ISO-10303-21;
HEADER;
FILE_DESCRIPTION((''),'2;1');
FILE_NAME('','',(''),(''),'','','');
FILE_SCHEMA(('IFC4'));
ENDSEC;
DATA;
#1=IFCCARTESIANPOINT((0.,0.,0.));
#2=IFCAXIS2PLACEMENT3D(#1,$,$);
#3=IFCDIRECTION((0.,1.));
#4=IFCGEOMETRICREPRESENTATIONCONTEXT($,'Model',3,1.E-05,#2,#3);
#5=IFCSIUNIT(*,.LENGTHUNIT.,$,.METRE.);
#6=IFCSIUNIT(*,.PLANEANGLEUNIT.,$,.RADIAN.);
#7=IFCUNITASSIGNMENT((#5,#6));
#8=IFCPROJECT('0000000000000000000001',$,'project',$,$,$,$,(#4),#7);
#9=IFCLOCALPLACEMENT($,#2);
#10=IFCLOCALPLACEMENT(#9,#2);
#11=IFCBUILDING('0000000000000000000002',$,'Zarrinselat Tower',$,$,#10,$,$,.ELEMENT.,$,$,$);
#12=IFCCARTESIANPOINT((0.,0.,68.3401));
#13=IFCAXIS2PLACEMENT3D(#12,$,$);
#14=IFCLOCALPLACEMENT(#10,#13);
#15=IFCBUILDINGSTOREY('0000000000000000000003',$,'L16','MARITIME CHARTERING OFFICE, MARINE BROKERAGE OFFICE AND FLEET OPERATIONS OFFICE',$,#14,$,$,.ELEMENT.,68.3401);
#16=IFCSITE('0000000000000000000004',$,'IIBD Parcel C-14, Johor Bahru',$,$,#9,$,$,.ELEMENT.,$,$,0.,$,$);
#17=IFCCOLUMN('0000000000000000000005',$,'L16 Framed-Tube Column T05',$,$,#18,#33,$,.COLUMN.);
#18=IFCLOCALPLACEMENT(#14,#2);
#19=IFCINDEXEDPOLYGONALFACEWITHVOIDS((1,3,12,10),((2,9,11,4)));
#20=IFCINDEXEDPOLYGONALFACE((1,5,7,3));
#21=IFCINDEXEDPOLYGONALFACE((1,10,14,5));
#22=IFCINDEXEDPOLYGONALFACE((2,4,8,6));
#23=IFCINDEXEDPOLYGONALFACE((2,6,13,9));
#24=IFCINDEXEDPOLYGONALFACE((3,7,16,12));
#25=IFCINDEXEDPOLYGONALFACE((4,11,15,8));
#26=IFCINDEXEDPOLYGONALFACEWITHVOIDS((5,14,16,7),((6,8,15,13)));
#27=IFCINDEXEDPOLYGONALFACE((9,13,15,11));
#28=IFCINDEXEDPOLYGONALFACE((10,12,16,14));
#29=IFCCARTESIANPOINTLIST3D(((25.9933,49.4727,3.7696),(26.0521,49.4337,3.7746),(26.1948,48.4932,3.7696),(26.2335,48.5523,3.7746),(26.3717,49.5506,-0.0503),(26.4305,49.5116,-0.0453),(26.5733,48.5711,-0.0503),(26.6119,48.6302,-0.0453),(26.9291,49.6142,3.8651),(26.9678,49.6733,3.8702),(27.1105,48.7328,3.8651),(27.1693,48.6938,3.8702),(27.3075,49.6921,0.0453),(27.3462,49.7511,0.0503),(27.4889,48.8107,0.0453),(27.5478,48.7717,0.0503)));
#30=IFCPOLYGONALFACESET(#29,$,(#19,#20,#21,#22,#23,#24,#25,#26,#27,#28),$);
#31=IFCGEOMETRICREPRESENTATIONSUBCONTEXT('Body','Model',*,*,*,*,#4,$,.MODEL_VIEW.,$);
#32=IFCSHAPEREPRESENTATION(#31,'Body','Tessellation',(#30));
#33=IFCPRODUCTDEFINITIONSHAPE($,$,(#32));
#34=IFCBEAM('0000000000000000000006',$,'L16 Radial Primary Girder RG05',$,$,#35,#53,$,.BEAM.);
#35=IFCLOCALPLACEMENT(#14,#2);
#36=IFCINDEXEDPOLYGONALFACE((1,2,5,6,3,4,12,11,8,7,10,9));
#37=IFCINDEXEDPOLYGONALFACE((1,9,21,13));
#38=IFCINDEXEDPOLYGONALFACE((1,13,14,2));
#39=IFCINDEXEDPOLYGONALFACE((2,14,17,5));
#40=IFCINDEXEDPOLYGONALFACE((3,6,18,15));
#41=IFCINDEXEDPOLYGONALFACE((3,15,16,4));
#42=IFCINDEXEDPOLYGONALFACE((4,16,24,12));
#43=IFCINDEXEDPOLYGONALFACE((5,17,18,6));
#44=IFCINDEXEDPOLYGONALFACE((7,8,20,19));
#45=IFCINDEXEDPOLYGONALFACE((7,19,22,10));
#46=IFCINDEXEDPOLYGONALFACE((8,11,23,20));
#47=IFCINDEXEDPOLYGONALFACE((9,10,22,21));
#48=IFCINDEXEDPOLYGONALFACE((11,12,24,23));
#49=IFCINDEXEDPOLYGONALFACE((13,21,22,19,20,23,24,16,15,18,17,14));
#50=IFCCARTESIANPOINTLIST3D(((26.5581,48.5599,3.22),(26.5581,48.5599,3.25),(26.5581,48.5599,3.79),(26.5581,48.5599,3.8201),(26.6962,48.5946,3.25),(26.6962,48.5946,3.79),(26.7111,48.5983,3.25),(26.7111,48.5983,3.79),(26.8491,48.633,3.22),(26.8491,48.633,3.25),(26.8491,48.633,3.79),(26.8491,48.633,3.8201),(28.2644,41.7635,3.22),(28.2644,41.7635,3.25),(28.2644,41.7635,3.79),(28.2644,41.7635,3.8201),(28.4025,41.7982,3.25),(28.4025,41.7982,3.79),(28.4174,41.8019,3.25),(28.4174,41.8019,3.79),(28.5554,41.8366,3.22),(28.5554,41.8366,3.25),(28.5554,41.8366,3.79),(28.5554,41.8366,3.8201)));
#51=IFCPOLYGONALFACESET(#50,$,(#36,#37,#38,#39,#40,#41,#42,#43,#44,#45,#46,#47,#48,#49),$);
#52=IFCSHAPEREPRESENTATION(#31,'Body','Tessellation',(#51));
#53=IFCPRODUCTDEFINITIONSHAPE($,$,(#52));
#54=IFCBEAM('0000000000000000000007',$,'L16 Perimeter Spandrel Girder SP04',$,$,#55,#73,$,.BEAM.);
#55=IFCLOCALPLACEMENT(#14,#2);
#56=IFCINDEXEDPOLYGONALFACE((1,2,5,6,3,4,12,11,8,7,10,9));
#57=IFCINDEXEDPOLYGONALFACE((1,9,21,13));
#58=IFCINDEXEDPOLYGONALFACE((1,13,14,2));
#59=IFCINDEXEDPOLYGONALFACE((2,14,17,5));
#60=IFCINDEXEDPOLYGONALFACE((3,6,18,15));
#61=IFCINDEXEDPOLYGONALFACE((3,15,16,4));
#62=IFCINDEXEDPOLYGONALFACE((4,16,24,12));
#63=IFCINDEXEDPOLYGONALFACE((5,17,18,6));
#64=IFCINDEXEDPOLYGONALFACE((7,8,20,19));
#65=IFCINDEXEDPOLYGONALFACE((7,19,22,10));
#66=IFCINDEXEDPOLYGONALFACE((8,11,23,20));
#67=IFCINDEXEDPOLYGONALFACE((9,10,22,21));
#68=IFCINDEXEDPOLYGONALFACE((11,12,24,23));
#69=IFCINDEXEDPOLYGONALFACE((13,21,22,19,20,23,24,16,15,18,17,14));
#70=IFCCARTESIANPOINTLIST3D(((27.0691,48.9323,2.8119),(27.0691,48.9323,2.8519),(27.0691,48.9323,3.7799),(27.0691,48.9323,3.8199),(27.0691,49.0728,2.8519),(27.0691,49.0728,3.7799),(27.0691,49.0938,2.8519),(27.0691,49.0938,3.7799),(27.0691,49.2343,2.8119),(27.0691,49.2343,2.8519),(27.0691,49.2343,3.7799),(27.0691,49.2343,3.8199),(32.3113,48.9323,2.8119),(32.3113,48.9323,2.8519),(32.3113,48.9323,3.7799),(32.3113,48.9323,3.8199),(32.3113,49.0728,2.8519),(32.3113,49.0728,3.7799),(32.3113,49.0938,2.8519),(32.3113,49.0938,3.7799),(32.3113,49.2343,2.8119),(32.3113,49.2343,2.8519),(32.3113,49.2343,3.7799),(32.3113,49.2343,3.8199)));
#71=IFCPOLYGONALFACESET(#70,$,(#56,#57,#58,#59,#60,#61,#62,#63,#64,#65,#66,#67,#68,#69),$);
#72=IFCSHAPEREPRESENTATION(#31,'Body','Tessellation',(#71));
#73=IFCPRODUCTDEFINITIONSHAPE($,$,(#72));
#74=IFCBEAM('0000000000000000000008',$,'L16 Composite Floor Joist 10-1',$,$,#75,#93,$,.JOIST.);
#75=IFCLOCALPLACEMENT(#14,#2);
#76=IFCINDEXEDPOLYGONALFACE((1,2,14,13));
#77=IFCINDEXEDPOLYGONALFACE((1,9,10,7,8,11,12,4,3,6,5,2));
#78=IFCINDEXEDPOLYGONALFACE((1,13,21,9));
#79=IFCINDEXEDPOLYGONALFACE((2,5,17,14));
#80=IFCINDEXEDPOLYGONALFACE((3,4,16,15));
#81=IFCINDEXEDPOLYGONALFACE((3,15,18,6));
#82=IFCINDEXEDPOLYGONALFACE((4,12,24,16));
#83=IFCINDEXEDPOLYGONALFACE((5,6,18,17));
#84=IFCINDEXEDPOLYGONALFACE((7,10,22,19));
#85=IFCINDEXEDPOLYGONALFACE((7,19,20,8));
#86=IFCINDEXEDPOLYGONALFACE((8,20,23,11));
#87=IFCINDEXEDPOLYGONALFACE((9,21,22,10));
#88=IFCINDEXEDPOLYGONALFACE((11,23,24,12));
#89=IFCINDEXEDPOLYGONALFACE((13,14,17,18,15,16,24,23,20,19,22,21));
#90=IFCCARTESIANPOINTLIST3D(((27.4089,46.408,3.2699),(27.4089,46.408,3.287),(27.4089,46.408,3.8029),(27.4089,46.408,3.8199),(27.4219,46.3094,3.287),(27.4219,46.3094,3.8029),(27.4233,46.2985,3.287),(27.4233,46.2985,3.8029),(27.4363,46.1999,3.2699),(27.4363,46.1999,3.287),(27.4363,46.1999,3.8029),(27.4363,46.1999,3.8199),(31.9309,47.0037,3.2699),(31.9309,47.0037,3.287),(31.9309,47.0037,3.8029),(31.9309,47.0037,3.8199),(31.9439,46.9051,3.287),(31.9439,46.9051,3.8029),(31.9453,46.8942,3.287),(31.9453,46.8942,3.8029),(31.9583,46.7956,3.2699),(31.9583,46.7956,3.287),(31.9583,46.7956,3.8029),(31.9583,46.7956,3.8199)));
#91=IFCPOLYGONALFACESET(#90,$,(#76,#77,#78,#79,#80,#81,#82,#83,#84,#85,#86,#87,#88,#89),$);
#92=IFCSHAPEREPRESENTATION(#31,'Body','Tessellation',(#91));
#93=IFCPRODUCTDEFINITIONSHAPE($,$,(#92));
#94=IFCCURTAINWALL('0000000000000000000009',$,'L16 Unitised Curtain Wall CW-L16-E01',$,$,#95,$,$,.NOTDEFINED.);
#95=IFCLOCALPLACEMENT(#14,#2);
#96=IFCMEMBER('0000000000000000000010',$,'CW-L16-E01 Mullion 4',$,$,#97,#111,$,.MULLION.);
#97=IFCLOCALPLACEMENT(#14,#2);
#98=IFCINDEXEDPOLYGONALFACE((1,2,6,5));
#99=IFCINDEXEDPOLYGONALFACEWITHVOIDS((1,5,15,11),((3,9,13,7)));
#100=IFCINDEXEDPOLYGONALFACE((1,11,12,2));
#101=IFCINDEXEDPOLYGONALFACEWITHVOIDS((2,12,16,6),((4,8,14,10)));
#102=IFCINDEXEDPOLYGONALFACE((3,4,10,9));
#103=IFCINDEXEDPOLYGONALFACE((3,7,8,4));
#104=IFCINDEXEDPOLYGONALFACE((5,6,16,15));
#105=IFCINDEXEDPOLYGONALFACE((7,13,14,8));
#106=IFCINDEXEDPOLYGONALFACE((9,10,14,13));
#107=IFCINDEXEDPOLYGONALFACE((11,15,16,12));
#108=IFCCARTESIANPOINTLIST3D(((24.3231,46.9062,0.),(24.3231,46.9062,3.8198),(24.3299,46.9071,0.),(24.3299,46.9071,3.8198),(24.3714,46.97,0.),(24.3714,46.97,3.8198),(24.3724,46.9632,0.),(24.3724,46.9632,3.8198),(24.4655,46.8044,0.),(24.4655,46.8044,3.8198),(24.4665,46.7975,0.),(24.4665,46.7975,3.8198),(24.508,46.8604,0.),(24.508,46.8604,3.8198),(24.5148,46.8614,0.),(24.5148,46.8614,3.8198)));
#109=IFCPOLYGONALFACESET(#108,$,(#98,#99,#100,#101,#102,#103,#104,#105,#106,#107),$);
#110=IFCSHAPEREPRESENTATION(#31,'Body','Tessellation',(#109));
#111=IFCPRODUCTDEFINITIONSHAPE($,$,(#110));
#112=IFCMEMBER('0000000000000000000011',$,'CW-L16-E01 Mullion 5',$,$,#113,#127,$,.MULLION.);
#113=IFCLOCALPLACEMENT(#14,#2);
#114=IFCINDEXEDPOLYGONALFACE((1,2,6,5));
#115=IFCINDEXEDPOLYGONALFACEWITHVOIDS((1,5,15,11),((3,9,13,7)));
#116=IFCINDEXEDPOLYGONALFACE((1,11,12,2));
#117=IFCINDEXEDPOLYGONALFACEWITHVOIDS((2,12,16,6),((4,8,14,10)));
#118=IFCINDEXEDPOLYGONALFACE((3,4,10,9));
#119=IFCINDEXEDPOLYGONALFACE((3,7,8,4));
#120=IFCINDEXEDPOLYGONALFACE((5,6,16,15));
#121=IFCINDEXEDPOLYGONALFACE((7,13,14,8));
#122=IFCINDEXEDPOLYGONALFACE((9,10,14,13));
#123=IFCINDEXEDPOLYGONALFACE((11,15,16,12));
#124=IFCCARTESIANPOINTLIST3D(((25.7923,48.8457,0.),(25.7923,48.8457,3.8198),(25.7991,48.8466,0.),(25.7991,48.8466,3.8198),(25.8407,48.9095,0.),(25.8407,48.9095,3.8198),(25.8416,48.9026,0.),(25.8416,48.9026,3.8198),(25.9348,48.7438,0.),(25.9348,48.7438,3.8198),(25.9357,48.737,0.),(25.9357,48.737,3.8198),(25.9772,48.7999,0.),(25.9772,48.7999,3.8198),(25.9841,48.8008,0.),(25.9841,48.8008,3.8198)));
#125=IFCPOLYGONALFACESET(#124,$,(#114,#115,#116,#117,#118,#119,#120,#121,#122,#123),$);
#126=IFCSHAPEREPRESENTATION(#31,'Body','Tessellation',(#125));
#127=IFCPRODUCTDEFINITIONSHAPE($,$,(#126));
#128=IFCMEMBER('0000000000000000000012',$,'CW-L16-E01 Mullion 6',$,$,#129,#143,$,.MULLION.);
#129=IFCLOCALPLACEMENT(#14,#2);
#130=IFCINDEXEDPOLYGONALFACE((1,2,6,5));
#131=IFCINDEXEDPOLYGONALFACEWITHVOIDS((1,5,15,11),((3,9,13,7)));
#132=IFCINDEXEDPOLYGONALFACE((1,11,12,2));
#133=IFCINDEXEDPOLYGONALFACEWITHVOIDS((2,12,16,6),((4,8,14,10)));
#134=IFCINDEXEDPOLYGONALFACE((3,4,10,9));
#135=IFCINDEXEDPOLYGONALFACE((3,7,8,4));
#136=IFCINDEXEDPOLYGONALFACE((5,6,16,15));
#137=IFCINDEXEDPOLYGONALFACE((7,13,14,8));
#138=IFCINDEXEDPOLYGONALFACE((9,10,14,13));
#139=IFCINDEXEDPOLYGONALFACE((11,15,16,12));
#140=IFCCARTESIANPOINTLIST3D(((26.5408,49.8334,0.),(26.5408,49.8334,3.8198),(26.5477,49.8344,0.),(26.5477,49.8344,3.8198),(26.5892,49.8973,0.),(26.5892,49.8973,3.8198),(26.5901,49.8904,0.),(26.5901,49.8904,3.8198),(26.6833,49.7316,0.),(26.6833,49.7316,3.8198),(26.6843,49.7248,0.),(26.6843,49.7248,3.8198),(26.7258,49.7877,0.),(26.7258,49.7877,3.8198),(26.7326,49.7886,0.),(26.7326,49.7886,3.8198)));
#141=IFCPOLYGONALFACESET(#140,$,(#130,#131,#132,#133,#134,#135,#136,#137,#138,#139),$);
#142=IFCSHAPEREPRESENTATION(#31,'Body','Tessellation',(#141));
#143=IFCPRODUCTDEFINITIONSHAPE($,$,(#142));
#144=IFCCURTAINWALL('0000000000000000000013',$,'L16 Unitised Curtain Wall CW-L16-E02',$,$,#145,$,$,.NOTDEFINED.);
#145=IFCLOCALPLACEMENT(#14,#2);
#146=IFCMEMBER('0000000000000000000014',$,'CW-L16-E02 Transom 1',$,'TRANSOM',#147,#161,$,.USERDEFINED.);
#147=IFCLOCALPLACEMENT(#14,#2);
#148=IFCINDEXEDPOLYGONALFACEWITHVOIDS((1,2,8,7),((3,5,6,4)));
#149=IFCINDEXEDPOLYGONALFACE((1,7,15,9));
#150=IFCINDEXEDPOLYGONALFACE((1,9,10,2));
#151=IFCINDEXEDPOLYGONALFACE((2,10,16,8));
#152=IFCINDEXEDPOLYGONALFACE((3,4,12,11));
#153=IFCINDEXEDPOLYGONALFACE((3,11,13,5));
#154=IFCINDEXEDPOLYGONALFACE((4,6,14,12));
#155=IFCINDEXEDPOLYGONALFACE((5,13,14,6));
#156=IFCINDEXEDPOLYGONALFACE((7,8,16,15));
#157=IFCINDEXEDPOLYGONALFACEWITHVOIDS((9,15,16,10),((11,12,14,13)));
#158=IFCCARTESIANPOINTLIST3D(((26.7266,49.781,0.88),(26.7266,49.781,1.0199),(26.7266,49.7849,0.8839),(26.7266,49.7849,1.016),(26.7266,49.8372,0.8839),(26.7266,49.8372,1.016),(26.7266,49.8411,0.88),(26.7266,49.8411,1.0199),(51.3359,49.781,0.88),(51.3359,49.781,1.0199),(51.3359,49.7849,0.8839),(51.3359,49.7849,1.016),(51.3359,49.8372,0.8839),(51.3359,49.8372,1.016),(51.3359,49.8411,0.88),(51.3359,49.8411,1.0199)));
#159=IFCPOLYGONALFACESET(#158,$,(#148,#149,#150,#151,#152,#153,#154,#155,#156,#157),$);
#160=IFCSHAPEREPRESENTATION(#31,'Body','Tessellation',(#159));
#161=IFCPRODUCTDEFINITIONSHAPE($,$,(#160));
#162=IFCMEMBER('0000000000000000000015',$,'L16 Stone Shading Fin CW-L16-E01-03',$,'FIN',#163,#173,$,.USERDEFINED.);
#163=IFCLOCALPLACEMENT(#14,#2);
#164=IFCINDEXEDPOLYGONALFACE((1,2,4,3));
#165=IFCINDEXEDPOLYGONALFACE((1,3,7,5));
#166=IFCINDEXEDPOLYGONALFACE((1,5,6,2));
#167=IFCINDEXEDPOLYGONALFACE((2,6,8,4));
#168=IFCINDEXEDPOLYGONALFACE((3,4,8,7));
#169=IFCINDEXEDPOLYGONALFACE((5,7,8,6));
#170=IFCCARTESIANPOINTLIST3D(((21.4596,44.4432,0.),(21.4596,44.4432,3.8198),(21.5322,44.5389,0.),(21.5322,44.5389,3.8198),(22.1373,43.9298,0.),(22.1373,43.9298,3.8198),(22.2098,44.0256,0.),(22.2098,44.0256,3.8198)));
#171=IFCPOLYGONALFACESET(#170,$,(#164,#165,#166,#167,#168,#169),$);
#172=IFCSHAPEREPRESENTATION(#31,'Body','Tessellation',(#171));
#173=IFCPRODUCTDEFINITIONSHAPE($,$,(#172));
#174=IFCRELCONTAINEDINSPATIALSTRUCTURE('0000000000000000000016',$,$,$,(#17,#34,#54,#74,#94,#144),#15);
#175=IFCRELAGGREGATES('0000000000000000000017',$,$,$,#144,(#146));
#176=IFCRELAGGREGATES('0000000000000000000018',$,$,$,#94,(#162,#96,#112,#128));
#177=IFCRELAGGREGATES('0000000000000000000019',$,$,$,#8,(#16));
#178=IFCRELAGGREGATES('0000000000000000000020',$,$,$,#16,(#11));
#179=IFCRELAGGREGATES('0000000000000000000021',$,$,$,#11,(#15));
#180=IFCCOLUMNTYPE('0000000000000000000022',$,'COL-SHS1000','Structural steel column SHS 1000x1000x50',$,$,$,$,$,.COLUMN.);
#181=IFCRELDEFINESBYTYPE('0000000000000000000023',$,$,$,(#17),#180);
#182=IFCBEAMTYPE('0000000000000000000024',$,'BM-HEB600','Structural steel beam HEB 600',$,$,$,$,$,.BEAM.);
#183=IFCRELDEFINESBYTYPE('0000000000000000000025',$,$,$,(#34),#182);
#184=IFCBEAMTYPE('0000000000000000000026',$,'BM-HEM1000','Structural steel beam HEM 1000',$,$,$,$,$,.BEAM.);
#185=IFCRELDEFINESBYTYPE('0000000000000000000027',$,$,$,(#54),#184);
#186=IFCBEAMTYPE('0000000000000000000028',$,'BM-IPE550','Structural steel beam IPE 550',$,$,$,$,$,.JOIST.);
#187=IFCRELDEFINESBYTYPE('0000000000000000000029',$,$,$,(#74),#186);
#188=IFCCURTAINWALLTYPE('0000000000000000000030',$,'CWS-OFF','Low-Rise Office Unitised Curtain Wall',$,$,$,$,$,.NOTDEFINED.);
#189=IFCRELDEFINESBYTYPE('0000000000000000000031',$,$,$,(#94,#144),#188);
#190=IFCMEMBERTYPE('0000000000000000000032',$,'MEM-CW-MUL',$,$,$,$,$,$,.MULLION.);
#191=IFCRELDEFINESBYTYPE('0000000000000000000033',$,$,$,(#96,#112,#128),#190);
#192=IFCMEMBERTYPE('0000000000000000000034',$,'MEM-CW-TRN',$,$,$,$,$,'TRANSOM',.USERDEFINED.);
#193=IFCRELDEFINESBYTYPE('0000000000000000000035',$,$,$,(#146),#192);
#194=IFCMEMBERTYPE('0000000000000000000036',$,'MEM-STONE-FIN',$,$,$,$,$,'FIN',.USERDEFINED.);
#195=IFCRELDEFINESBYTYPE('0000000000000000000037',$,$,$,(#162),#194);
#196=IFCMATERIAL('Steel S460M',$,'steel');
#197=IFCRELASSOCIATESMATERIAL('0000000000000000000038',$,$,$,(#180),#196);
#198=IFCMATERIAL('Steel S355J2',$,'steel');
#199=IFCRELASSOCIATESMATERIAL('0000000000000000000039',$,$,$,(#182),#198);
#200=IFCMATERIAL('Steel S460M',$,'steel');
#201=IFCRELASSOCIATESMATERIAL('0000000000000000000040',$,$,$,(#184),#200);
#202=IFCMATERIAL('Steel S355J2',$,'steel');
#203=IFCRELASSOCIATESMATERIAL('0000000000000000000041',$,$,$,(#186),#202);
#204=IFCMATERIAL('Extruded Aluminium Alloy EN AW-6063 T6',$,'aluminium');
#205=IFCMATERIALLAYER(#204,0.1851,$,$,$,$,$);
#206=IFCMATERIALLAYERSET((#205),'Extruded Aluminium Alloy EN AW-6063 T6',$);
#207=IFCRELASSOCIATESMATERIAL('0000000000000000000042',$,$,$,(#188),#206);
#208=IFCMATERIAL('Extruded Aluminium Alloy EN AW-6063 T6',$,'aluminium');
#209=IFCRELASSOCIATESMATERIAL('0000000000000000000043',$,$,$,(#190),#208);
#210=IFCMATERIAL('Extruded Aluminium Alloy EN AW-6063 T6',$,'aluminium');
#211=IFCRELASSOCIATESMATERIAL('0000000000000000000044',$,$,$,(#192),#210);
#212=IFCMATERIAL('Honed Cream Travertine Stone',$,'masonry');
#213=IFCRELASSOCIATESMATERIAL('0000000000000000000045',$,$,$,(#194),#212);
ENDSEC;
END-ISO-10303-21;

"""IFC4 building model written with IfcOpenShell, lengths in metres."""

from ifc_helpers import new_model, si_unit, direction, frame, origin, origin_2d, place, context, subcontext, project, spatial, rectangle, hollow_rectangle, i_section, extrude, material, layer, layer_set, material_profile, profile_set, type_object, element, aggregate, save


model = new_model("IFC4")

# Units and contexts
model_context = context("Model", 3, precision=1e-05, world=origin(), true_north=direction((0.0, 1.0)))
body_context = subcontext(model_context, "Body", "Model", "MODEL_VIEW")
ifc_project = project(units=[si_unit("LENGTHUNIT", "METRE"), si_unit("PLANEANGLEUNIT", "RADIAN")], contexts=[model_context])

# Site, building, storey
site_placement = place(None, origin())
site = spatial("IfcSite", under=ifc_project, at=site_placement, Name="IIBD Parcel C-14, Johor Bahru", CompositionType="ELEMENT", RefElevation=0.0)
building_placement = place(site_placement, origin())
building = spatial("IfcBuilding", under=site, at=building_placement, Name="Zarrinselat Tower", CompositionType="ELEMENT")
storey_placement = place(building_placement, frame((0.0, 0.0, 68.3401)))
storey = spatial("IfcBuildingStorey", under=building, at=storey_placement, Name="L16", Description="MARITIME CHARTERING OFFICE, MARINE BROKERAGE OFFICE AND FLEET OPERATIONS OFFICE", CompositionType="ELEMENT", Elevation=68.3401)

# Column
ifc_material_1 = material(Name="Steel S460M", Category="steel")
ifc_material_profile_1 = material_profile(ifc_material_1, hollow_rectangle(XDim=1.0, YDim=1.0, WallThickness=0.05, at=origin_2d()), Name="SHS 1000x1000x50")
ifc_profile_set_1 = profile_set([ifc_material_profile_1], Name="Steel S460M")
column_type = type_object("IfcColumnType", Name="COL-SHS1000", Description="Structural steel column SHS 1000x1000x50", PredefinedType="COLUMN", material=ifc_profile_set_1)
column_placement = place(storey_placement, frame((26.9597, 49.1611, 0.0), z_axis=(-0.098564, -0.020285, 0.994924), x_axis=(0.201582, -0.979472, 0.0)))
element("IfcColumn", 1, at=column_placement, inside=storey, type_object=column_type, Name="L16 Framed-Tube Column T05", PredefinedType="COLUMN", context=body_context, shape_type="SweptSolid", body=[
    extrude(hollow_rectangle(XDim=1.0, YDim=1.0, WallThickness=0.05, at=origin_2d()), origin(), (0.0, 0.0, 1.0), 3.8394),
])

# Beams
ifc_material_2 = material(Name="Steel S355J2", Category="steel")
ifc_material_profile_2 = material_profile(ifc_material_2, i_section(OverallWidth=0.3, OverallDepth=0.6001, WebThickness=0.0154, FlangeThickness=0.03, at=origin_2d()), Name="HEB 600")
ifc_profile_set_2 = profile_set([ifc_material_profile_2], Name="Steel S355J2")
beam_type_1 = type_object("IfcBeamType", Name="BM-HEB600", Description="Structural steel beam HEB 600", PredefinedType="BEAM", material=ifc_profile_set_2)
beam_1_placement = place(storey_placement, frame((26.7036, 48.5964, 3.52), z_axis=(0.243503, -0.9699, 0.0), x_axis=(0.9699, 0.243503, 0.0)))
element("IfcBeam", 2, at=beam_1_placement, inside=storey, type_object=beam_type_1, Name="L16 Radial Primary Girder RG05", PredefinedType="BEAM", context=body_context, shape_type="SweptSolid", body=[
    extrude(i_section(OverallWidth=0.3, OverallDepth=0.6001, WebThickness=0.0154, FlangeThickness=0.03, at=origin_2d()), origin(), (0.0, 0.0, 1.0), 7.0073),
])
ifc_material_3 = material(Name="Steel S460M", Category="steel")
ifc_material_profile_3 = material_profile(ifc_material_3, i_section(OverallWidth=0.302, OverallDepth=1.0081, WebThickness=0.021, FlangeThickness=0.04, at=origin_2d()), Name="HEM 1000")
ifc_profile_set_3 = profile_set([ifc_material_profile_3], Name="Steel S460M")
beam_type_2 = type_object("IfcBeamType", Name="BM-HEM1000", Description="Structural steel beam HEM 1000", PredefinedType="BEAM", material=ifc_profile_set_3)
beam_2_placement = place(storey_placement, frame((27.0691, 49.0833, 3.3159), z_axis=(1.0, 0.0, 0.0), x_axis=(0.0, 1.0, 0.0)))
element("IfcBeam", 3, at=beam_2_placement, inside=storey, type_object=beam_type_2, Name="L16 Perimeter Spandrel Girder SP04", PredefinedType="BEAM", context=body_context, shape_type="SweptSolid", body=[
    extrude(i_section(OverallWidth=0.302, OverallDepth=1.0081, WebThickness=0.021, FlangeThickness=0.04, at=origin_2d()), origin(), (0.0, 0.0, 1.0), 5.2422),
])
ifc_material_4 = material(Name="Steel S355J2", Category="steel")
ifc_material_profile_4 = material_profile(ifc_material_4, i_section(OverallWidth=0.21, OverallDepth=0.55, WebThickness=0.011, FlangeThickness=0.0171, at=origin_2d()), Name="IPE 550")
ifc_profile_set_4 = profile_set([ifc_material_profile_4], Name="Steel S355J2")
beam_type_3 = type_object("IfcBeamType", Name="BM-IPE550", Description="Structural steel beam IPE 550", PredefinedType="JOIST", material=ifc_profile_set_4)
beam_3_placement = place(storey_placement, frame((27.4226, 46.304, 3.5449), z_axis=(0.991434, 0.130607, 0.0), x_axis=(-0.130607, 0.991434, 0.0)))
element("IfcBeam", 4, at=beam_3_placement, inside=storey, type_object=beam_type_3, Name="L16 Composite Floor Joist 10-1", PredefinedType="JOIST", context=body_context, shape_type="SweptSolid", body=[
    extrude(i_section(OverallWidth=0.21, OverallDepth=0.55, WebThickness=0.011, FlangeThickness=0.0171, at=origin_2d()), origin(), (0.0, 0.0, 1.0), 4.561),
])

# Curtain wall, members
ifc_material_5 = material(Name="Extruded Aluminium Alloy EN AW-6063 T6", Category="aluminium")
ifc_layer_1 = layer(ifc_material_5, 0.1851)
ifc_layer_set_1 = layer_set([ifc_layer_1], Name="Extruded Aluminium Alloy EN AW-6063 T6")
curtain_wall_type = type_object("IfcCurtainWallType", Name="CWS-OFF", Description="Low-Rise Office Unitised Curtain Wall", PredefinedType="NOTDEFINED", material=ifc_layer_set_1)
curtain_wall_1_placement = place(storey_placement, origin())
curtain_wall_1 = element("IfcCurtainWall", 5, at=curtain_wall_1_placement, inside=storey, type_object=curtain_wall_type, Name="L16 Unitised Curtain Wall CW-L16-E01", PredefinedType="NOTDEFINED")
ifc_material_6 = material(Name="Extruded Aluminium Alloy EN AW-6063 T6", Category="aluminium")
ifc_material_profile_5 = material_profile(ifc_material_6, hollow_rectangle(XDim=0.0801, YDim=0.1799, WallThickness=0.0049, at=origin_2d()), Name="RHS 180x80x5")
ifc_profile_set_5 = profile_set([ifc_material_profile_5], Name="Extruded Aluminium Alloy EN AW-6063 T6")
member_type_1 = type_object("IfcMemberType", Name="MEM-CW-MUL", PredefinedType="MULLION", material=ifc_profile_set_5)
member_1_placement = place(storey_placement, frame((24.4189, 46.8838, 0.0), z_axis=(0.0, 0.0, 1.0), x_axis=(0.603857, 0.797093, 0.0)))
member_1 = element("IfcMember", 6, at=member_1_placement, type_object=member_type_1, Name="CW-L16-E01 Mullion 4", PredefinedType="MULLION", context=body_context, shape_type="SweptSolid", body=[
    extrude(hollow_rectangle(XDim=0.0801, YDim=0.1799, WallThickness=0.0049, at=origin_2d()), origin(), (0.0, 0.0, 1.0), 3.8198),
])
member_2_placement = place(storey_placement, frame((25.8882, 48.8232, 0.0), z_axis=(0.0, 0.0, 1.0), x_axis=(0.603857, 0.797093, 0.0)))
member_2 = element("IfcMember", 7, at=member_2_placement, type_object=member_type_1, Name="CW-L16-E01 Mullion 5", PredefinedType="MULLION", context=body_context, shape_type="SweptSolid", body=[
    extrude(hollow_rectangle(XDim=0.0801, YDim=0.1799, WallThickness=0.0049, at=origin_2d()), origin(), (0.0, 0.0, 1.0), 3.8198),
])
member_3_placement = place(storey_placement, frame((26.6367, 49.811, 0.0), z_axis=(0.0, 0.0, 1.0), x_axis=(0.603857, 0.797093, 0.0)))
member_3 = element("IfcMember", 8, at=member_3_placement, type_object=member_type_1, Name="CW-L16-E01 Mullion 6", PredefinedType="MULLION", context=body_context, shape_type="SweptSolid", body=[
    extrude(hollow_rectangle(XDim=0.0801, YDim=0.1799, WallThickness=0.0049, at=origin_2d()), origin(), (0.0, 0.0, 1.0), 3.8198),
])

# Curtain wall, member
curtain_wall_2_placement = place(storey_placement, origin())
curtain_wall_2 = element("IfcCurtainWall", 9, at=curtain_wall_2_placement, inside=storey, type_object=curtain_wall_type, Name="L16 Unitised Curtain Wall CW-L16-E02", PredefinedType="NOTDEFINED")
ifc_material_7 = material(Name="Extruded Aluminium Alloy EN AW-6063 T6", Category="aluminium")
ifc_material_profile_6 = material_profile(ifc_material_7, hollow_rectangle(XDim=0.0601, YDim=0.1399, WallThickness=0.0039, at=origin_2d()), Name="RHS 140x60x4")
ifc_profile_set_6 = profile_set([ifc_material_profile_6], Name="Extruded Aluminium Alloy EN AW-6063 T6")
member_type_2 = type_object("IfcMemberType", Name="MEM-CW-TRN", ElementType="TRANSOM", PredefinedType="USERDEFINED", material=ifc_profile_set_6)
member_4_placement = place(storey_placement, frame((26.7266, 49.811, 0.95), z_axis=(1.0, 0.0, 0.0), x_axis=(0.0, 1.0, 0.0)))
member_4 = element("IfcMember", 10, at=member_4_placement, type_object=member_type_2, Name="CW-L16-E02 Transom 1", ObjectType="TRANSOM", PredefinedType="USERDEFINED", context=body_context, shape_type="SweptSolid", body=[
    extrude(hollow_rectangle(XDim=0.0601, YDim=0.1399, WallThickness=0.0039, at=origin_2d()), origin(), (0.0, 0.0, 1.0), 24.6094),
])
aggregate(curtain_wall_2, [member_4])

# Member
ifc_material_8 = material(Name="Honed Cream Travertine Stone", Category="masonry")
ifc_material_profile_7 = material_profile(ifc_material_8, rectangle(XDim=0.1201, YDim=0.8501, at=origin_2d()), Name="FIN 850x120")
ifc_profile_set_7 = profile_set([ifc_material_profile_7], Name="Honed Cream Travertine Stone")
member_type_3 = type_object("IfcMemberType", Name="MEM-STONE-FIN", ElementType="FIN", PredefinedType="USERDEFINED", material=ifc_profile_set_7)
member_5_placement = place(storey_placement, frame((21.8347, 44.2344, 0.0), z_axis=(0.0, 0.0, 1.0), x_axis=(0.603857, 0.797093, 0.0)))
member_5 = element("IfcMember", 11, at=member_5_placement, type_object=member_type_3, Name="L16 Stone Shading Fin CW-L16-E01-03", ObjectType="FIN", PredefinedType="USERDEFINED", context=body_context, shape_type="SweptSolid", body=[
    extrude(rectangle(XDim=0.1201, YDim=0.8501, at=origin_2d()), origin(), (0.0, 0.0, 1.0), 3.8198),
])

aggregate(curtain_wall_1, [member_5, member_1, member_2, member_3])

save(model, "model.ifc")
